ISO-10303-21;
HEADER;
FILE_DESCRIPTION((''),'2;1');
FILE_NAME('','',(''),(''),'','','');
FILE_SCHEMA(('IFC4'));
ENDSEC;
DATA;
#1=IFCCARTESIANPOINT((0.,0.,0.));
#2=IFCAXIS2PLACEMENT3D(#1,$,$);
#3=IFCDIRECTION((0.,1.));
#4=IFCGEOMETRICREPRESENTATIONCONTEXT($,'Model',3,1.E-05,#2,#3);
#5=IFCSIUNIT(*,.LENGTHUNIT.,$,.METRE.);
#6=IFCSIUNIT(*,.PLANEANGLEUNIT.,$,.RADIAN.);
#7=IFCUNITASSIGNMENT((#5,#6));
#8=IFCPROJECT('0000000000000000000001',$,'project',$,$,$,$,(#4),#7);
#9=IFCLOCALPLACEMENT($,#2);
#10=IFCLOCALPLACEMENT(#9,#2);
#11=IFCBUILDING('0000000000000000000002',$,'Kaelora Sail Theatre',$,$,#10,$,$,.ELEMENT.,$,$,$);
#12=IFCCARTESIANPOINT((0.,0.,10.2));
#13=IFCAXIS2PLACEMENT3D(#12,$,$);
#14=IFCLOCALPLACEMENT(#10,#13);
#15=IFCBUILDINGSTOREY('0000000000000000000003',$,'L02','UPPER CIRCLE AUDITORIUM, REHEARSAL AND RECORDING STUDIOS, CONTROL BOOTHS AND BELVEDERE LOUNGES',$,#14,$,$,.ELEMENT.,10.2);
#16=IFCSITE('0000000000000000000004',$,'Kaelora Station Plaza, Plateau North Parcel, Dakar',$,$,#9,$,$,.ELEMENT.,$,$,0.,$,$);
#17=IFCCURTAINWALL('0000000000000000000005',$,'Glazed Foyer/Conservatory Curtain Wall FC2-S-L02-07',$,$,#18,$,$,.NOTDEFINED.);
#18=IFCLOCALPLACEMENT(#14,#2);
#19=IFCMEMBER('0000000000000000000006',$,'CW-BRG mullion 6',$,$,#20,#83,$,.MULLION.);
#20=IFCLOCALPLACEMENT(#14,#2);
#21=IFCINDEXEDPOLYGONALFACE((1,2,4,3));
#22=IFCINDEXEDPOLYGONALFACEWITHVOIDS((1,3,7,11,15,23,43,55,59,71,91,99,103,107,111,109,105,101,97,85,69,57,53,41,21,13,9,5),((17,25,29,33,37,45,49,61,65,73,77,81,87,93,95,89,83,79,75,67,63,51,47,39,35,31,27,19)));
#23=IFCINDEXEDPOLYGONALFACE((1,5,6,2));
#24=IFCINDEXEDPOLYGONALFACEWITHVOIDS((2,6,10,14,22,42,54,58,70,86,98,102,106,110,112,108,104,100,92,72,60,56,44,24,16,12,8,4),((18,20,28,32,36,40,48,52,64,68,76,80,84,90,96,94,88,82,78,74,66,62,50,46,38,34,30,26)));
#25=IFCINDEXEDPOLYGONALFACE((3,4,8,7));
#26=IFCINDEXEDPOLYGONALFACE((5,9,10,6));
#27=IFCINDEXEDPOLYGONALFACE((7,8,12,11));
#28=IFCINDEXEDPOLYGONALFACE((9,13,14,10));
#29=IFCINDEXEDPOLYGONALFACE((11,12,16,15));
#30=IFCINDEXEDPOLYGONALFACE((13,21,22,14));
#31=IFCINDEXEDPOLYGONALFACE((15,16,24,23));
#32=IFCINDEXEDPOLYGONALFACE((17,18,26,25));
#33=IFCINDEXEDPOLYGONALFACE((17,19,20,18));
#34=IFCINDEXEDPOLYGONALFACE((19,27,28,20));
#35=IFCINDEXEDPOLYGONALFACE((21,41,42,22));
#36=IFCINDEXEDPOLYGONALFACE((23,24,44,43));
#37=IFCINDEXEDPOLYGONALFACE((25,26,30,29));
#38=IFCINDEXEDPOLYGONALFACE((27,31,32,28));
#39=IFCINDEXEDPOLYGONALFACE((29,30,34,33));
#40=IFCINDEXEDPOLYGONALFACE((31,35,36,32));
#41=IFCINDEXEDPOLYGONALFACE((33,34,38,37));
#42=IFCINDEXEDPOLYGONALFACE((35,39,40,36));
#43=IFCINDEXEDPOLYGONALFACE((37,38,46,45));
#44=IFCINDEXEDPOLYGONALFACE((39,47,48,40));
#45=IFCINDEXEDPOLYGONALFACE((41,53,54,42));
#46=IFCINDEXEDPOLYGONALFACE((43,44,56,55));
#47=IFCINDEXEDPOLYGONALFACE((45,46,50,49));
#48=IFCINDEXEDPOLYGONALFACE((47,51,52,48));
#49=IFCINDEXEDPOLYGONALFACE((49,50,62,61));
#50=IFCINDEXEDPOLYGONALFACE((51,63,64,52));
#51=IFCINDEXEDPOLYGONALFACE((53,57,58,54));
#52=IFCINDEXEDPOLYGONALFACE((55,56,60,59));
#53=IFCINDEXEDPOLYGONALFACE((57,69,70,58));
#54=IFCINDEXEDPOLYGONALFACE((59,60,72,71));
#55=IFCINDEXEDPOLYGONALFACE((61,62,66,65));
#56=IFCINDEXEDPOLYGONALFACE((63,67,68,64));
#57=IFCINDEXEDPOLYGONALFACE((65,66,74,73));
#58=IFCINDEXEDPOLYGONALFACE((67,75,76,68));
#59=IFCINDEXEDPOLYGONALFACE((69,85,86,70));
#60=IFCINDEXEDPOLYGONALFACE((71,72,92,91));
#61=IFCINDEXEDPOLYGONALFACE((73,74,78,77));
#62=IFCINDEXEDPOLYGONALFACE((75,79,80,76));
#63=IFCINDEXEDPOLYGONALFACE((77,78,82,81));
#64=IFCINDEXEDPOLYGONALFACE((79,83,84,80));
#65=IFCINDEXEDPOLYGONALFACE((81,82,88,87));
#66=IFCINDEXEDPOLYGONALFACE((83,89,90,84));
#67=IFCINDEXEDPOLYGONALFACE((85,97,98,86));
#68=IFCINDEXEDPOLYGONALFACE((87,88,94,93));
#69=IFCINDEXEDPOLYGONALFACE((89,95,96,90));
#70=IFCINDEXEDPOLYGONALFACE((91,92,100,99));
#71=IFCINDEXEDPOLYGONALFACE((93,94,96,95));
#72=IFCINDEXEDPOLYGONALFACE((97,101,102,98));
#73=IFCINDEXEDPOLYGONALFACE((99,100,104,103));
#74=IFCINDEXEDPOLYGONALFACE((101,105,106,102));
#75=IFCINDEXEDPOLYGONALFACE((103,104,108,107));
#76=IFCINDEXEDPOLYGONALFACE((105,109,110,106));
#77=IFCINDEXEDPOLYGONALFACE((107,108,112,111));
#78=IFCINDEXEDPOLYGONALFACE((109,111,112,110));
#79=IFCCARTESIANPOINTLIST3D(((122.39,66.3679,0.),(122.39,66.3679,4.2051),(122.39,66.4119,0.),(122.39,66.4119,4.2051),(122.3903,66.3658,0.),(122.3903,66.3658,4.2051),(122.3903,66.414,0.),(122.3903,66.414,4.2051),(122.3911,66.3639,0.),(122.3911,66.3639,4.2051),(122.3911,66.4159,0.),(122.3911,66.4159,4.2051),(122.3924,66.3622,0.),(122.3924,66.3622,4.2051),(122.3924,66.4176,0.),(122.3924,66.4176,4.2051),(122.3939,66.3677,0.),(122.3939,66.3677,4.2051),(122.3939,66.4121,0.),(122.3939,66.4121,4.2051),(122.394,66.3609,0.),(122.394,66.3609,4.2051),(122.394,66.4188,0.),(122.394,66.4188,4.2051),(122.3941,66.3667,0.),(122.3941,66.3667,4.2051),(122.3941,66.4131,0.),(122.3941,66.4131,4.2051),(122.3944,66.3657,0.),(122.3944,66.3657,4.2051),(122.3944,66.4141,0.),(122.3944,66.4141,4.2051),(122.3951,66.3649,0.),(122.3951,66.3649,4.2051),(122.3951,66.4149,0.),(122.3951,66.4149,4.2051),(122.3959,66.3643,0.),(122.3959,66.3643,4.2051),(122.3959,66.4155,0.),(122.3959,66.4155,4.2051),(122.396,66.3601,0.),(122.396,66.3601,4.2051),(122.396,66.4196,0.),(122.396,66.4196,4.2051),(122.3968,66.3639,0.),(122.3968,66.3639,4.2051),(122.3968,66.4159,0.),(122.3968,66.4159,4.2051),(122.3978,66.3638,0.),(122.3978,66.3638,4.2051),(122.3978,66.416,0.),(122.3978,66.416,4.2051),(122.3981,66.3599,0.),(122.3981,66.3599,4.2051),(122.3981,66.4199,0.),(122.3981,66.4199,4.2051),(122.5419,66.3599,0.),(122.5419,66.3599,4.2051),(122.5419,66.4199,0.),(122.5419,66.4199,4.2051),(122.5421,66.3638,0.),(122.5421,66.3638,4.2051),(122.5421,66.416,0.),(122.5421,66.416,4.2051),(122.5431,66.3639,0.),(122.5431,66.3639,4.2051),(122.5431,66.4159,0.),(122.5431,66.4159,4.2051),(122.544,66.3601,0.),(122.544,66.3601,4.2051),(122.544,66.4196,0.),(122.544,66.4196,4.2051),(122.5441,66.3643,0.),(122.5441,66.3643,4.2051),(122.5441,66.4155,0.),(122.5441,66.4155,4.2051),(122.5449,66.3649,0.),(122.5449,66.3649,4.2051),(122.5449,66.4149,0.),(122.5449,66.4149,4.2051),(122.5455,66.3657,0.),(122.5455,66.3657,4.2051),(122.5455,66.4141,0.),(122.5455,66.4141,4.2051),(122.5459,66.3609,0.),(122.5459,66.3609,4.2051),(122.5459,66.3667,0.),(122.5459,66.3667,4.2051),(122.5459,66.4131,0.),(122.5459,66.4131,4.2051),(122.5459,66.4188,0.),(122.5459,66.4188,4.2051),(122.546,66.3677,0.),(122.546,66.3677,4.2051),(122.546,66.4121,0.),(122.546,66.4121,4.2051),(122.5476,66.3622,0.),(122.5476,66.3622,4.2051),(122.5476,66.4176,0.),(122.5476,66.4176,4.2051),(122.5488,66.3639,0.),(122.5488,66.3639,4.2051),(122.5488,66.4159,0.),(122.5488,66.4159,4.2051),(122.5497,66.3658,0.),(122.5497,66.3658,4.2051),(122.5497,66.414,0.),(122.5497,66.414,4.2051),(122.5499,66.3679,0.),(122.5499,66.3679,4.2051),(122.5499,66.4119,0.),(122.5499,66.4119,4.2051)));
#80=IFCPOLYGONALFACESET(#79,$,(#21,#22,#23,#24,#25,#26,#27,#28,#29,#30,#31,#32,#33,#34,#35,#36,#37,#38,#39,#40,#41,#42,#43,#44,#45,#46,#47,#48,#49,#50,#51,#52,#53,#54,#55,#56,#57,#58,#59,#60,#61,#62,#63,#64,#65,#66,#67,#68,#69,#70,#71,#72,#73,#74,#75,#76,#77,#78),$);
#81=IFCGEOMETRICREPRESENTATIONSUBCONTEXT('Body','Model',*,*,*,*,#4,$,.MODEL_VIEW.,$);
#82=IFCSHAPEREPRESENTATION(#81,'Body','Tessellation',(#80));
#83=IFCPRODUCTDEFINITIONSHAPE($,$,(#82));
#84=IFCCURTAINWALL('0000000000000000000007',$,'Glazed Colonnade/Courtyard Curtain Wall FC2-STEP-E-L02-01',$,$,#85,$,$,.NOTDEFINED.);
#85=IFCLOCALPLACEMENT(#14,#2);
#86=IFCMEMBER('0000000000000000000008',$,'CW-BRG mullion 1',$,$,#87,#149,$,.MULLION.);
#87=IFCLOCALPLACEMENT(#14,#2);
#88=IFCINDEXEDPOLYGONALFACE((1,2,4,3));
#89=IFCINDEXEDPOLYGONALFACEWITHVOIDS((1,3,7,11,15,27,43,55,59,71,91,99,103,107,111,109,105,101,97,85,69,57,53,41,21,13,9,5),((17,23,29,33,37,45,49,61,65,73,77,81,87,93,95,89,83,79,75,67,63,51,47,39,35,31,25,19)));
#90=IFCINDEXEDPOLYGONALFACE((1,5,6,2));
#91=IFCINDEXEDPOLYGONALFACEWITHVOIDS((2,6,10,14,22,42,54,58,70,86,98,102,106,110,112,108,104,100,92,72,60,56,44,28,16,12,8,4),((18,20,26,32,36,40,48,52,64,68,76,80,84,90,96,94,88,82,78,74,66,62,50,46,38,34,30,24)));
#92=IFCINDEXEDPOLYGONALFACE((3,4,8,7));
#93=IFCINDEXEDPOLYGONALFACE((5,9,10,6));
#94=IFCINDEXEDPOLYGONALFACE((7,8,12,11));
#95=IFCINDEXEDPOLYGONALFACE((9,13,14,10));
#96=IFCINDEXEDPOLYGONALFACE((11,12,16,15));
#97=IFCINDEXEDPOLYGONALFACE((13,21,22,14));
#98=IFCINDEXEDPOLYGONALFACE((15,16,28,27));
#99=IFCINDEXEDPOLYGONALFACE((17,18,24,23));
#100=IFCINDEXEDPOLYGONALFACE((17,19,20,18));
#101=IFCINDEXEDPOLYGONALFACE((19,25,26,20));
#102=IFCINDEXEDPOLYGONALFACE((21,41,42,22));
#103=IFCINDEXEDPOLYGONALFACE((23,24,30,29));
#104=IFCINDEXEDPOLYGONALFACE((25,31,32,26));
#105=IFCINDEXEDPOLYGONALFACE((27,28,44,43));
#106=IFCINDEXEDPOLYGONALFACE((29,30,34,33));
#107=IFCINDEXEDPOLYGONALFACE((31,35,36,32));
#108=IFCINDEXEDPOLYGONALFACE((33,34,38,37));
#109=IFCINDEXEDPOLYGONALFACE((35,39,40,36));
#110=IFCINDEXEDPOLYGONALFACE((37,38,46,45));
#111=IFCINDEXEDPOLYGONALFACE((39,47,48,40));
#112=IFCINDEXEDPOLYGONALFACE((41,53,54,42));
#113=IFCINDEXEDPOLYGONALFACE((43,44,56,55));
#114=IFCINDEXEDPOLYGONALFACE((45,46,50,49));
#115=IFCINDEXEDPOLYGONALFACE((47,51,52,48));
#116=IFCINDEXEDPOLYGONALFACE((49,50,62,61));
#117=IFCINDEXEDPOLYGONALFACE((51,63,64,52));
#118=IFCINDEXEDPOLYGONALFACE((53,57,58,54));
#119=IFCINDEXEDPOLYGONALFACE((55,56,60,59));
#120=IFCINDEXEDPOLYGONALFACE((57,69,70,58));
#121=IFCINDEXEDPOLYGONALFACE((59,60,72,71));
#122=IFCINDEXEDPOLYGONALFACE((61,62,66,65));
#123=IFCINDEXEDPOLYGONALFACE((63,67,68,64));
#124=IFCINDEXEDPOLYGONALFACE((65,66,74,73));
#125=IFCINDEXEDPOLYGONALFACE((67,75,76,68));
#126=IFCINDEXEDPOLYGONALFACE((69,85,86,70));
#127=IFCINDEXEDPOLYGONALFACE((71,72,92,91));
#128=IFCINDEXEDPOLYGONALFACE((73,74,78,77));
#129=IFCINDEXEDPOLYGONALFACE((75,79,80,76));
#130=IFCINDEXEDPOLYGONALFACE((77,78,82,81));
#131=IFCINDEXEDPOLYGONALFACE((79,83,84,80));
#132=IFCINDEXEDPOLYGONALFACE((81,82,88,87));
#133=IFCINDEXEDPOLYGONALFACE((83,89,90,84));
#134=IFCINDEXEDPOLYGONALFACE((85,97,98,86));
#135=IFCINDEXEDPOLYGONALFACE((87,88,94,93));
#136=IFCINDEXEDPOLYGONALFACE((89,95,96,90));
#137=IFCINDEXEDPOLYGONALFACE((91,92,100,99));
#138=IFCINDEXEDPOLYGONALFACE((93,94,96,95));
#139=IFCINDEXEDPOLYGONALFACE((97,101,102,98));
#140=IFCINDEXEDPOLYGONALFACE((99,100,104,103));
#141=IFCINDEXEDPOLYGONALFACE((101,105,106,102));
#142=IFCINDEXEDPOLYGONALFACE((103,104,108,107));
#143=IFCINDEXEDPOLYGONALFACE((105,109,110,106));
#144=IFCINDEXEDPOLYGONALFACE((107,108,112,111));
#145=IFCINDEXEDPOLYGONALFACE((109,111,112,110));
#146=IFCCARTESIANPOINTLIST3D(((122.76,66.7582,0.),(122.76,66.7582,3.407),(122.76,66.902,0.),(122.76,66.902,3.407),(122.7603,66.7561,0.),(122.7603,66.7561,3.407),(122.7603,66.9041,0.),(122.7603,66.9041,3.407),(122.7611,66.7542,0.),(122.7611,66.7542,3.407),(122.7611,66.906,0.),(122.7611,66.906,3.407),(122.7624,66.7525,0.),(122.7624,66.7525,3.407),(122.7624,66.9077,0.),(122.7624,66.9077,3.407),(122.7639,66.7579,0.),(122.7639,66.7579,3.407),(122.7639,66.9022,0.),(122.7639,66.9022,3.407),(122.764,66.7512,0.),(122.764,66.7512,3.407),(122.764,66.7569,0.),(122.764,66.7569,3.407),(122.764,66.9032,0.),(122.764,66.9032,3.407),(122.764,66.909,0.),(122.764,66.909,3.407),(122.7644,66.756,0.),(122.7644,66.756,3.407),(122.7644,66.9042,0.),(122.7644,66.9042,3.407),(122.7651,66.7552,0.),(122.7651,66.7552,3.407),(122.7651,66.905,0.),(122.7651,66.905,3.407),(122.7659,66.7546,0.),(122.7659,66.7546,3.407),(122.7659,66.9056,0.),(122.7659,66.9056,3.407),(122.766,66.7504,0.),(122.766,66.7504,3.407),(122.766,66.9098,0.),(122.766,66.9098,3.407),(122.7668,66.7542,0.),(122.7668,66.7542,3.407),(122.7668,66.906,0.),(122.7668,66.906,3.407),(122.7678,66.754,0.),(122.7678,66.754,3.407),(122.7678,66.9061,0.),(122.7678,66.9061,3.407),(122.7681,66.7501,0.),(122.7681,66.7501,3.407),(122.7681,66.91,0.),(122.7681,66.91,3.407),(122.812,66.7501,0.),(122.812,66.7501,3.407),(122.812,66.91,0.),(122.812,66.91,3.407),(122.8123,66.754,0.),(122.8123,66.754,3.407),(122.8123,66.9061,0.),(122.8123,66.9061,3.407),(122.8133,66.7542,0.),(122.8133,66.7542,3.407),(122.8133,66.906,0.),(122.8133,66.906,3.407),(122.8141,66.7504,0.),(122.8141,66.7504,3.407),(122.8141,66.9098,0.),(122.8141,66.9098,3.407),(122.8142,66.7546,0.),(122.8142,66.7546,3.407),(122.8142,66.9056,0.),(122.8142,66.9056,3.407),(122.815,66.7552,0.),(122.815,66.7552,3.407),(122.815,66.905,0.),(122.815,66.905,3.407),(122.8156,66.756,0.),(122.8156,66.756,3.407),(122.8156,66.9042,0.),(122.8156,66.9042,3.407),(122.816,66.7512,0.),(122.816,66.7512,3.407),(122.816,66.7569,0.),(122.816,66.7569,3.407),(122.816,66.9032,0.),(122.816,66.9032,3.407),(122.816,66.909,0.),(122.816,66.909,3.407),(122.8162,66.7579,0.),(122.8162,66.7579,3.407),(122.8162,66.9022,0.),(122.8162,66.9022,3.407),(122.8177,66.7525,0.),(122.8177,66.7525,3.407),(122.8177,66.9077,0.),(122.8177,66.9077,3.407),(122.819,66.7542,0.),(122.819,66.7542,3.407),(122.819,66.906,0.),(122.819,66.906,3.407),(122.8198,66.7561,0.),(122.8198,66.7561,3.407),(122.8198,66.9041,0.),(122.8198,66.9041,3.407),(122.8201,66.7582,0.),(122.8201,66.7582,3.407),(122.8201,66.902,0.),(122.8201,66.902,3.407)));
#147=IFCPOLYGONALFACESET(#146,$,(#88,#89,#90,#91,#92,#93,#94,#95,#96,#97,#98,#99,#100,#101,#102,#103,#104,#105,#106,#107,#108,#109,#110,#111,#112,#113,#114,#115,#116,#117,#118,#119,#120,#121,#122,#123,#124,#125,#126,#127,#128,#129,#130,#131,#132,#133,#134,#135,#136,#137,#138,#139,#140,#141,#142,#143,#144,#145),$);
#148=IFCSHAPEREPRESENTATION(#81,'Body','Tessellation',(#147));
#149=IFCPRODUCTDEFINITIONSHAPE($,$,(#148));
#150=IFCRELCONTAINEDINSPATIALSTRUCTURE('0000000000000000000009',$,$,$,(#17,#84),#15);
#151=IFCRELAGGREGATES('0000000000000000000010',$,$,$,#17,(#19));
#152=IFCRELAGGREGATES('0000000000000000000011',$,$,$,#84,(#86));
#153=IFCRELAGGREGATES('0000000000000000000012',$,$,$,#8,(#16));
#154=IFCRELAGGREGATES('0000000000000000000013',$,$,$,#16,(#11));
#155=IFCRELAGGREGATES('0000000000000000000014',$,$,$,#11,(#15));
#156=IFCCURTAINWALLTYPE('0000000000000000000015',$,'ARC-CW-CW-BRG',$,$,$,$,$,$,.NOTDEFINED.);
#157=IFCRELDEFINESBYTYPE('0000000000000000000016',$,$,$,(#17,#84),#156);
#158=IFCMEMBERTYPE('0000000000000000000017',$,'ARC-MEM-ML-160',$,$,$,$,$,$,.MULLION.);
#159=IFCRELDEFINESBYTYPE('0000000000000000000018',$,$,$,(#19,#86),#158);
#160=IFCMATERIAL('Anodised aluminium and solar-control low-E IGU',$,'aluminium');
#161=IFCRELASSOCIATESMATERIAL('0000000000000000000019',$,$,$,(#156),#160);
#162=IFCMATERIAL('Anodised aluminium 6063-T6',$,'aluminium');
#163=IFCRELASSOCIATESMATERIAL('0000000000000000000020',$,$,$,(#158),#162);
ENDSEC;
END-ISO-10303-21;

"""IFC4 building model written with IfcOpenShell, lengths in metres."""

from ifc_helpers import new_model, si_unit, direction, frame, origin, origin_2d, place, context, subcontext, project, spatial, hollow_rectangle, extrude, material, material_profile, profile_set, type_object, element, aggregate, save


model = new_model("IFC4")

# Units and contexts
model_context = context("Model", 3, precision=1e-05, world=origin(), true_north=direction((0.0, 1.0)))
body_context = subcontext(model_context, "Body", "Model", "MODEL_VIEW")
ifc_project = project(units=[si_unit("LENGTHUNIT", "METRE"), si_unit("PLANEANGLEUNIT", "RADIAN")], contexts=[model_context])

# Site, building, storey
site_placement = place(None, origin())
site = spatial("IfcSite", under=ifc_project, at=site_placement, Name="Kaelora Station Plaza, Plateau North Parcel, Dakar", CompositionType="ELEMENT", RefElevation=0.0)
building_placement = place(site_placement, origin())
building = spatial("IfcBuilding", under=site, at=building_placement, Name="Kaelora Sail Theatre", CompositionType="ELEMENT")
storey_placement = place(building_placement, frame((0.0, 0.0, 10.2)))
storey = spatial("IfcBuildingStorey", under=building, at=storey_placement, Name="L02", Description="UPPER CIRCLE AUDITORIUM, REHEARSAL AND RECORDING STUDIOS, CONTROL BOOTHS AND BELVEDERE LOUNGES", CompositionType="ELEMENT", Elevation=10.2)

# Curtain wall, member
ifc_material_1 = material(Name="Anodised aluminium and solar-control low-E IGU", Category="aluminium")
curtain_wall_type = type_object("IfcCurtainWallType", Name="ARC-CW-CW-BRG", PredefinedType="NOTDEFINED", material=ifc_material_1)
curtain_wall_1_placement = place(storey_placement, origin())
curtain_wall_1 = element("IfcCurtainWall", 1, at=curtain_wall_1_placement, inside=storey, type_object=curtain_wall_type, Name="Glazed Foyer/Conservatory Curtain Wall FC2-S-L02-07", PredefinedType="NOTDEFINED")
ifc_material_2 = material(Name="Anodised aluminium 6063-T6", Category="aluminium")
ifc_material_profile_1 = material_profile(ifc_material_2, hollow_rectangle(XDim=0.0601, YDim=0.1599, WallThickness=0.0039, InnerFilletRadius=0.0039, OuterFilletRadius=0.0081, at=origin_2d()), Name="ALU-MULL 60x160x4")
ifc_profile_set_1 = profile_set([ifc_material_profile_1], Name="Anodised aluminium 6063-T6")
member_type_1 = type_object("IfcMemberType", Name="ARC-MEM-ML-160", PredefinedType="MULLION", material=ifc_profile_set_1)
member_1_placement = place(storey_placement, frame((122.47, 66.3899, 0.0), z_axis=(0.0, 0.0, 1.0), x_axis=(0.0, 1.0, 0.0)))
member_1 = element("IfcMember", 2, at=member_1_placement, type_object=member_type_1, Name="CW-BRG mullion 6", PredefinedType="MULLION", context=body_context, shape_type="SweptSolid", body=[
    extrude(hollow_rectangle(XDim=0.0601, YDim=0.1599, WallThickness=0.0039, InnerFilletRadius=0.0039, OuterFilletRadius=0.0081, at=origin_2d()), origin(), (0.0, 0.0, 1.0), 4.2051),
])

# Curtain wall, member
curtain_wall_2_placement = place(storey_placement, origin())
curtain_wall_2 = element("IfcCurtainWall", 3, at=curtain_wall_2_placement, inside=storey, type_object=curtain_wall_type, Name="Glazed Colonnade/Courtyard Curtain Wall FC2-STEP-E-L02-01", PredefinedType="NOTDEFINED")
member_2_placement = place(storey_placement, frame((122.79, 66.8301, 0.0), z_axis=(0.0, 0.0, 1.0), x_axis=(-1.0, 0.0, 0.0)))
member_2 = element("IfcMember", 4, at=member_2_placement, type_object=member_type_1, Name="CW-BRG mullion 1", PredefinedType="MULLION", context=body_context, shape_type="SweptSolid", body=[
    extrude(hollow_rectangle(XDim=0.0601, YDim=0.1599, WallThickness=0.0039, InnerFilletRadius=0.0039, OuterFilletRadius=0.0081, at=origin_2d()), origin(), (0.0, 0.0, 1.0), 3.407),
])

aggregate(curtain_wall_1, [member_1])
aggregate(curtain_wall_2, [member_2])

save(model, "model.ifc")
